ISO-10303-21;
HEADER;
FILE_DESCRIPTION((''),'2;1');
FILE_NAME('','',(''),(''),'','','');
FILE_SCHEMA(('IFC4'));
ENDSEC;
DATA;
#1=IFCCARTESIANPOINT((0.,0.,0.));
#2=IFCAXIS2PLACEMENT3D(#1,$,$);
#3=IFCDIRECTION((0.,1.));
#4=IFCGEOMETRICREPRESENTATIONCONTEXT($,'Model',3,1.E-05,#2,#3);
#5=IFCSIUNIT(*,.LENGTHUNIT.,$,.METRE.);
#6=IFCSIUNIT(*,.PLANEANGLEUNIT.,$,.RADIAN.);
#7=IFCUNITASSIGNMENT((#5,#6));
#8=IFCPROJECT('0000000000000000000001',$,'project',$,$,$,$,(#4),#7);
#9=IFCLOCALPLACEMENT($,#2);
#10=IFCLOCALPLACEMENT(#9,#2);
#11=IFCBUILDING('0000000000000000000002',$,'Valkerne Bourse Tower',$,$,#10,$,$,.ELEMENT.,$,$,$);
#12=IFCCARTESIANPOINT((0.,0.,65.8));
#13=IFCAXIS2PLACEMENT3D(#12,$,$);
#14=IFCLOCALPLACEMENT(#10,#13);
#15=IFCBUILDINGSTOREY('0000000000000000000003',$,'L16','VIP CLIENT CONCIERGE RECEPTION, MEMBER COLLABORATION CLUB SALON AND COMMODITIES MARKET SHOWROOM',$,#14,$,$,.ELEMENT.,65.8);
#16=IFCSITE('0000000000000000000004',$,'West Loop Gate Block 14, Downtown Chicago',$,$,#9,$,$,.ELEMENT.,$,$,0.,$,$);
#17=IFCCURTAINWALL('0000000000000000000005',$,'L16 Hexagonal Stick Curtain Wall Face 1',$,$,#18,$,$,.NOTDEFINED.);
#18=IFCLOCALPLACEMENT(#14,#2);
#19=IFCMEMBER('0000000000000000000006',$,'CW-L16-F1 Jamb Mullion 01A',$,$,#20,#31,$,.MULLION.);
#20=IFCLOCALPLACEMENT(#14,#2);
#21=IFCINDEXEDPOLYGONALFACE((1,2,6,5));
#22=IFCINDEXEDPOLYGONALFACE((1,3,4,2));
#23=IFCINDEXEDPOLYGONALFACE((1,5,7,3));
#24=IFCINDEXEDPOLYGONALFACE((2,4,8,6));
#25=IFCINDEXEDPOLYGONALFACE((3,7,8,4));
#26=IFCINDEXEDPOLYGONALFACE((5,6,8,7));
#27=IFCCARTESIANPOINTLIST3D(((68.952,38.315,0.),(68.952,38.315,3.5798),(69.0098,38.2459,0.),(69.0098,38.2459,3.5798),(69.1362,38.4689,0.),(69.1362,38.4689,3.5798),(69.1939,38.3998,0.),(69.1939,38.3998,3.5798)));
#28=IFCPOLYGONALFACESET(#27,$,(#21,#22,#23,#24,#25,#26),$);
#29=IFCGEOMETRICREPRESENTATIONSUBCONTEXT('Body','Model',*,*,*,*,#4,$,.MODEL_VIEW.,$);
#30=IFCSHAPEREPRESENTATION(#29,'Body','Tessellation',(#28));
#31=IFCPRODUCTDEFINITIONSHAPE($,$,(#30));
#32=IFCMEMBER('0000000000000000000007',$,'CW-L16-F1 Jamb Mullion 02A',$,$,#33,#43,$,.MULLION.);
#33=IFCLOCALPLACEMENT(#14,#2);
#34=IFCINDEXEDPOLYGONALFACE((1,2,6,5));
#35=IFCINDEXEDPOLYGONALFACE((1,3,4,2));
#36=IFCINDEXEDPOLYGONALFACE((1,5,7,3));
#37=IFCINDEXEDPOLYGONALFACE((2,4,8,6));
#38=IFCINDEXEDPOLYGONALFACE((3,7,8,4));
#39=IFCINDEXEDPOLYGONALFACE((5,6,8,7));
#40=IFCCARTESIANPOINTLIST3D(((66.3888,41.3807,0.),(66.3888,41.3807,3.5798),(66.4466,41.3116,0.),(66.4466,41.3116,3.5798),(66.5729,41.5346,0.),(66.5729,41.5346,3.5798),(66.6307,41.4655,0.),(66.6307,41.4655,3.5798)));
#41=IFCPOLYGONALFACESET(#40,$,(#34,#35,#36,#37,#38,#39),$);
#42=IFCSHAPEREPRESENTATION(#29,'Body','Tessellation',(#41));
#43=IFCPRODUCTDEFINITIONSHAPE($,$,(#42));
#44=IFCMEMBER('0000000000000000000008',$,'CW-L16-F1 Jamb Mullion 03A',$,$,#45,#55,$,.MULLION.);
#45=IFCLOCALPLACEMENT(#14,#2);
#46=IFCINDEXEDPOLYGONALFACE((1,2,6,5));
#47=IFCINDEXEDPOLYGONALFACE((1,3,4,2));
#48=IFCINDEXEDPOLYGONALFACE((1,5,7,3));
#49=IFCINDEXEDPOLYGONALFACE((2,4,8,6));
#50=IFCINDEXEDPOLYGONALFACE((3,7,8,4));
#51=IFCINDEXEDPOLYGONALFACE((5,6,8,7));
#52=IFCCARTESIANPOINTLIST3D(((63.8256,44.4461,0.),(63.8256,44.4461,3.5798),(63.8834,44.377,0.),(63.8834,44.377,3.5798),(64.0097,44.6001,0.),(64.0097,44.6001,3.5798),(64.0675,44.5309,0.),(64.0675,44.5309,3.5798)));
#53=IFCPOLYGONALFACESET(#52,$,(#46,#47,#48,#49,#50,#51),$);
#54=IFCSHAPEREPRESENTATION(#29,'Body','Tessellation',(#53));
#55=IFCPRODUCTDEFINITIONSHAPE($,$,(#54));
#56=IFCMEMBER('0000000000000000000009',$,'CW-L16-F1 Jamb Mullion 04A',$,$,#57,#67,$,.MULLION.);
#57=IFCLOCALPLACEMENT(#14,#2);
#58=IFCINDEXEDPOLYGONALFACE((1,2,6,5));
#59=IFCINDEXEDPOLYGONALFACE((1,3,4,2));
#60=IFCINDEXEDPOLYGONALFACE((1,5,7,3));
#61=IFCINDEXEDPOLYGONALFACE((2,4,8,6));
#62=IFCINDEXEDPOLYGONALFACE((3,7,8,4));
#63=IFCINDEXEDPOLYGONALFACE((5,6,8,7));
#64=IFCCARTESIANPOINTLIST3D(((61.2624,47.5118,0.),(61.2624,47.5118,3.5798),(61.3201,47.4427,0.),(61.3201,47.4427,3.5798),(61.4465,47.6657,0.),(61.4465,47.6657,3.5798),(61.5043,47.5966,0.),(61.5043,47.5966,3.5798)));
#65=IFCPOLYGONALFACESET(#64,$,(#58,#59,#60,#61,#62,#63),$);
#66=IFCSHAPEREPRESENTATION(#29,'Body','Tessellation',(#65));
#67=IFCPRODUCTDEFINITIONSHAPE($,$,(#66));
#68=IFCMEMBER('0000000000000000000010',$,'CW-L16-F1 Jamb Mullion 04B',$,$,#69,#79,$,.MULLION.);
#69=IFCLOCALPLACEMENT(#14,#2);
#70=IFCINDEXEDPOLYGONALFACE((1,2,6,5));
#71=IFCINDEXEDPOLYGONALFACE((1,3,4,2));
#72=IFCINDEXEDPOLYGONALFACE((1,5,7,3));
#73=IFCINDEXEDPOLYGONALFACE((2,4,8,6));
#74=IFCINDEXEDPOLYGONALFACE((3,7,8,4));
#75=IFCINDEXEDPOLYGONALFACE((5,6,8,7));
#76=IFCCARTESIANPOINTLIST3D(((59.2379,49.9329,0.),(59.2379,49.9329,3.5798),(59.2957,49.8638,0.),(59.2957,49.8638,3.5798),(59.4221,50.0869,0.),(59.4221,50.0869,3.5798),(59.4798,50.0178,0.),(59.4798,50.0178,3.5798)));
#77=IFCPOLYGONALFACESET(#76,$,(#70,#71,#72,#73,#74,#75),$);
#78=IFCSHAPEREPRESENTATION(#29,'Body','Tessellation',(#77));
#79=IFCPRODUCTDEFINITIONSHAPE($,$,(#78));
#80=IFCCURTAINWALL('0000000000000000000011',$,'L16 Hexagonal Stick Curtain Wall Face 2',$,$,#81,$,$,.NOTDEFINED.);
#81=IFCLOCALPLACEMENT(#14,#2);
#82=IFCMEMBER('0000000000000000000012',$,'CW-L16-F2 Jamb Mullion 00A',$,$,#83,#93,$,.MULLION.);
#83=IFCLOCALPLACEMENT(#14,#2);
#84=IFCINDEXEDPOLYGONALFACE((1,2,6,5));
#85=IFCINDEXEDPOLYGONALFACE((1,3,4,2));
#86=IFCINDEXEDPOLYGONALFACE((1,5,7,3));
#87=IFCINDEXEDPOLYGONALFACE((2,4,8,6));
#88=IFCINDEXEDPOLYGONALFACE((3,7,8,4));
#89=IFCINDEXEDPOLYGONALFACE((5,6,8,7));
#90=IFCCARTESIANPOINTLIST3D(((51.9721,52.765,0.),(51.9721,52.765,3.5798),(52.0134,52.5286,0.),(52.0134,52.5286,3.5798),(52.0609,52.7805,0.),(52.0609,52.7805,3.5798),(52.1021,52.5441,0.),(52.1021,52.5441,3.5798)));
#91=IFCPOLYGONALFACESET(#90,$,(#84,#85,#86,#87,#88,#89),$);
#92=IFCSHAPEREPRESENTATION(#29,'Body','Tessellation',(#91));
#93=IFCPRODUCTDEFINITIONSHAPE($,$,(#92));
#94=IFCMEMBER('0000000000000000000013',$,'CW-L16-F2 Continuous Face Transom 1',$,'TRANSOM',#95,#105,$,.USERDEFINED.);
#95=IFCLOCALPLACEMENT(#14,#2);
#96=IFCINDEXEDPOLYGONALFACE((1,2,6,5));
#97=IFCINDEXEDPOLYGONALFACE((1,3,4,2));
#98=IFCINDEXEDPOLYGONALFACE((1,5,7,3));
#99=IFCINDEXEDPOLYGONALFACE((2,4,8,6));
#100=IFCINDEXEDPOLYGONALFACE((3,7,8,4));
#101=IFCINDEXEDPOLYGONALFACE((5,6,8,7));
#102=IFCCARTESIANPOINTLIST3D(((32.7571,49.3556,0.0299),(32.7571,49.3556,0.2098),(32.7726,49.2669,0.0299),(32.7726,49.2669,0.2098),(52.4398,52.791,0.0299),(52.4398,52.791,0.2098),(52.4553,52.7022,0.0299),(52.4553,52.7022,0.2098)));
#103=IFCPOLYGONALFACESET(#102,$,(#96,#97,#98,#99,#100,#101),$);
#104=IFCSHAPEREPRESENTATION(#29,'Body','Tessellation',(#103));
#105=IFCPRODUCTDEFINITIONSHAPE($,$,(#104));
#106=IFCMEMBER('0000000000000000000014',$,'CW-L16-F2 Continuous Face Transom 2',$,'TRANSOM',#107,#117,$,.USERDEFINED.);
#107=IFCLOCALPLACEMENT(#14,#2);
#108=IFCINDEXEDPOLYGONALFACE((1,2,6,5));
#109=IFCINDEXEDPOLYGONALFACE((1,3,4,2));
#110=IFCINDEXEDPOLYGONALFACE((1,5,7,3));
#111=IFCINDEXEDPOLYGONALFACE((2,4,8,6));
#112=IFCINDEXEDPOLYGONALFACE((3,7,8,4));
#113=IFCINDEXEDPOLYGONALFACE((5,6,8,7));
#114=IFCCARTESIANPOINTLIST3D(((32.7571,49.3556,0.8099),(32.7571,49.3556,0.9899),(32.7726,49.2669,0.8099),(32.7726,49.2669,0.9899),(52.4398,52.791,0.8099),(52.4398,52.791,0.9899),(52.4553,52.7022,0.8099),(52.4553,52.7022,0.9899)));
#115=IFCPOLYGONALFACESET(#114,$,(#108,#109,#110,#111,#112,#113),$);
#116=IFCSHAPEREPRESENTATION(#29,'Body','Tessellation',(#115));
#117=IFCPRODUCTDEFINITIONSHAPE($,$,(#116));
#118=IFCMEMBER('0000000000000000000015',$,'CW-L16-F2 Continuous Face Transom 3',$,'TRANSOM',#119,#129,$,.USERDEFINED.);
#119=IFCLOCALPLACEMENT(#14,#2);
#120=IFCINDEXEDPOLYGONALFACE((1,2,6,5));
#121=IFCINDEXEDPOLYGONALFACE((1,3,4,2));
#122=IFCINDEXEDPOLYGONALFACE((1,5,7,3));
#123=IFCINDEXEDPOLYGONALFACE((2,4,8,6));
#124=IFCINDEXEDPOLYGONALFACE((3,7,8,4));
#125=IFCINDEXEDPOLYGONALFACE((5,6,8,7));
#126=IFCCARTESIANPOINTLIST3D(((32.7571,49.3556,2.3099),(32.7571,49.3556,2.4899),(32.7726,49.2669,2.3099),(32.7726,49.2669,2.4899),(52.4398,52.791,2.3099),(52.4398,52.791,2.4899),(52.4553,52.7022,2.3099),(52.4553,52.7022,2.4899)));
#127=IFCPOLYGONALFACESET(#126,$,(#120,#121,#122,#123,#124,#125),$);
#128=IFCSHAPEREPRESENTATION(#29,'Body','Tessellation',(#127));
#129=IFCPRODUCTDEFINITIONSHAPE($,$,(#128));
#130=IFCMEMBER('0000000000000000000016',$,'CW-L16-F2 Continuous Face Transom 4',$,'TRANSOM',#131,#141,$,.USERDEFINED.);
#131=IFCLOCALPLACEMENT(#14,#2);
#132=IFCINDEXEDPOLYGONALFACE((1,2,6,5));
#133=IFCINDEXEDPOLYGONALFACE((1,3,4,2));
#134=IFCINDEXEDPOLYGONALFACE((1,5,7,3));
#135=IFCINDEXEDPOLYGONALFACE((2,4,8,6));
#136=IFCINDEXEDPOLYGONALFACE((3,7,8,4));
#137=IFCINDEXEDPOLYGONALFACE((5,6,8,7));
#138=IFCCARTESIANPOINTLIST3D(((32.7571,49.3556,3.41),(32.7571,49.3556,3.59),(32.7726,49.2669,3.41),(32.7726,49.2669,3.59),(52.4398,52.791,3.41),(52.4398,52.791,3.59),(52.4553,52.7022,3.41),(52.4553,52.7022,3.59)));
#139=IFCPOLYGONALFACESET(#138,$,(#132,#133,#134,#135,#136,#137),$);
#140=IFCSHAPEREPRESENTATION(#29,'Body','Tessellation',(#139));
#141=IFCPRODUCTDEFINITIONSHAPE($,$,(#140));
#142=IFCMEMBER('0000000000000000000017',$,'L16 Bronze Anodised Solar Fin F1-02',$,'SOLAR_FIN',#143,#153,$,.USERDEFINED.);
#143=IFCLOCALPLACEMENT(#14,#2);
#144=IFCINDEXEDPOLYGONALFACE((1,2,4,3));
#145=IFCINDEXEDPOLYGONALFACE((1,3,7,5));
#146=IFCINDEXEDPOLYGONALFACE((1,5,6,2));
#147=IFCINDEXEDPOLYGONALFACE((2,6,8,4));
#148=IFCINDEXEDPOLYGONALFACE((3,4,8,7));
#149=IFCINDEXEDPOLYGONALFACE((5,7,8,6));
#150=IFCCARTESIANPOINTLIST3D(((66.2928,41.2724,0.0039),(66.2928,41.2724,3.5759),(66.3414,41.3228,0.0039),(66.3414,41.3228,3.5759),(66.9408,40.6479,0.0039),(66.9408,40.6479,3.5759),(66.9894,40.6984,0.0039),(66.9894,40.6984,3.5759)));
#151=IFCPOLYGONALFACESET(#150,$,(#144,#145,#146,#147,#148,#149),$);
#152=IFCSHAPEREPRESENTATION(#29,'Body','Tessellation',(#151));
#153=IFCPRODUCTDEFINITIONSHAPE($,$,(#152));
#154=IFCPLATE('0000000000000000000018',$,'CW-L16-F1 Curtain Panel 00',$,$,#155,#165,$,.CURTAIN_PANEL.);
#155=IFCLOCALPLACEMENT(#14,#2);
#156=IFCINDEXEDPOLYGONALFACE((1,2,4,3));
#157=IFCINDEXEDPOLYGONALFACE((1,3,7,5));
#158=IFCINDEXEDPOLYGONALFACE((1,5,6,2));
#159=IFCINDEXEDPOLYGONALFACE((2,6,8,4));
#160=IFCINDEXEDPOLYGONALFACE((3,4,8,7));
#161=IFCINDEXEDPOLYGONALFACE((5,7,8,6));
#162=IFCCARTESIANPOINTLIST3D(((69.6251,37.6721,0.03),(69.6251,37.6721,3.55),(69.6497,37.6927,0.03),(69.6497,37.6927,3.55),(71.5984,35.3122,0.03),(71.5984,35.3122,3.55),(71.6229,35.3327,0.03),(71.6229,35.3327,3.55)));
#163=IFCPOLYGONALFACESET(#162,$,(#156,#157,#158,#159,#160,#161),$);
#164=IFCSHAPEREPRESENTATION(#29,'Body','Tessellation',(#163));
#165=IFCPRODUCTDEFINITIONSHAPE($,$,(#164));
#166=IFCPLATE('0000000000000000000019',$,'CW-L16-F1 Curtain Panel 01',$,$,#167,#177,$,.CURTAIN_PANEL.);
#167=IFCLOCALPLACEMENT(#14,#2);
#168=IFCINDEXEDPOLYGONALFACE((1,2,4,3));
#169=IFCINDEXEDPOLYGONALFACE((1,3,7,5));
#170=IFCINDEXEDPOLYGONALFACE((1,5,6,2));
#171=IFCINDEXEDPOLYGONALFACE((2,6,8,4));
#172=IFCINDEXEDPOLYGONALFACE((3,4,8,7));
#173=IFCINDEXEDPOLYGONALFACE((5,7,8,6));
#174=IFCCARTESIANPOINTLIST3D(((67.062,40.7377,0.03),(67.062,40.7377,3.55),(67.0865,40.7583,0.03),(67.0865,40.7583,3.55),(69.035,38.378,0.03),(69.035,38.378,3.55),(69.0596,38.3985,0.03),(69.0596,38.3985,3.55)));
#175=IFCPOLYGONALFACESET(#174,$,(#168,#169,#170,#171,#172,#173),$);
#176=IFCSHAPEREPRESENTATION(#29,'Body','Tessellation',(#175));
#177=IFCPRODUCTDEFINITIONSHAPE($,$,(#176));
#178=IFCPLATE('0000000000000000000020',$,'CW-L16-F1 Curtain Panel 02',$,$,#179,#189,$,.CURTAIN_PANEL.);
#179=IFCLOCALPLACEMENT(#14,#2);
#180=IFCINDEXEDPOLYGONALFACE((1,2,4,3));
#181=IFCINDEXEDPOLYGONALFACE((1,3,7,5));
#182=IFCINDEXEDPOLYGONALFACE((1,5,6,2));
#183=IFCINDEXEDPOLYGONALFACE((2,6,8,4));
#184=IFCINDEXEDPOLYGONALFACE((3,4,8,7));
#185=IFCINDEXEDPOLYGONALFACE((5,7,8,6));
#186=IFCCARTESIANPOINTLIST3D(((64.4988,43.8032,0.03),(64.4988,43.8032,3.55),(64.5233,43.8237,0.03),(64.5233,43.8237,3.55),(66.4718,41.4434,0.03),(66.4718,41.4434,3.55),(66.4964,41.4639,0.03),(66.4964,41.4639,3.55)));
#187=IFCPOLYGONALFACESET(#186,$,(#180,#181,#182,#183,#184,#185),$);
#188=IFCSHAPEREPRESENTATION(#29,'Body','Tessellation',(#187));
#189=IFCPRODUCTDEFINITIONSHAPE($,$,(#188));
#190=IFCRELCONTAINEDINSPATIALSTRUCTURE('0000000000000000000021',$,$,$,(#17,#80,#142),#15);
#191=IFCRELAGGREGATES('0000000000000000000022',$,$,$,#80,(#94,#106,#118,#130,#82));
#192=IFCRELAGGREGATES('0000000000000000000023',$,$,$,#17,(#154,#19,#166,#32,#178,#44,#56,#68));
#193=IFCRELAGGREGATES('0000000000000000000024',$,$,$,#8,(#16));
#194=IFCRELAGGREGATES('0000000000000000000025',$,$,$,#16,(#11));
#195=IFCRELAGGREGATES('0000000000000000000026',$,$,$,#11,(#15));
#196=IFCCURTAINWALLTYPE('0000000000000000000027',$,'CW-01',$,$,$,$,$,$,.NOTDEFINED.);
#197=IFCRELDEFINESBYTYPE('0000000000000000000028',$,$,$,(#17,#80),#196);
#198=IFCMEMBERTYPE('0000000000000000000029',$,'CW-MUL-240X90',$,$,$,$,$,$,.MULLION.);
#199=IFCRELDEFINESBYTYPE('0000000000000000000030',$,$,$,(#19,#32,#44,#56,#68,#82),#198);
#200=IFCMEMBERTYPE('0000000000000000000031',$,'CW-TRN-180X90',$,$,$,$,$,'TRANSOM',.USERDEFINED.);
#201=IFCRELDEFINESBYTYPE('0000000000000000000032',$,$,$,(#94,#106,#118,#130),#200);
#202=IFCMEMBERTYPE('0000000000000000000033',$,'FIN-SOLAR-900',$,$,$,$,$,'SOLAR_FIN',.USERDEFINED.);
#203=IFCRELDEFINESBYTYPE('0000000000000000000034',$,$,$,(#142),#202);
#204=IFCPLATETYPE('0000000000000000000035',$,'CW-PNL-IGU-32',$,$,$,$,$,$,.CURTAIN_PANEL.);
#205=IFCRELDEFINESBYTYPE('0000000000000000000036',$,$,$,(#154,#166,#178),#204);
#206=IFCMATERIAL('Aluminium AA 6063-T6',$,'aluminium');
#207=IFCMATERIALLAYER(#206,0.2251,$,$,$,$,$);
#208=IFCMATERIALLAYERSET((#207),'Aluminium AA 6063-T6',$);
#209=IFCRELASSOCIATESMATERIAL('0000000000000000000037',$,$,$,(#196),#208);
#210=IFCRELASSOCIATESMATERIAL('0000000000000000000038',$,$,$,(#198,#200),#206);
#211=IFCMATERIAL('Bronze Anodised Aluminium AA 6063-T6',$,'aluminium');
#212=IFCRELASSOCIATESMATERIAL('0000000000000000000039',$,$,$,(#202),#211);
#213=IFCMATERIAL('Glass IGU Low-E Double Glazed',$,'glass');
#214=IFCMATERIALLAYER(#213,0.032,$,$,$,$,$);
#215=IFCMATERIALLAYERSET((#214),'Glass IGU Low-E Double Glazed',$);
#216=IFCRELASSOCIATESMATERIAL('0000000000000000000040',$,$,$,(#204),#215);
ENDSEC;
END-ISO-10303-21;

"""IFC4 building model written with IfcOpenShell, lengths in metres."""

from ifc_helpers import new_model, si_unit, direction, frame, origin, origin_2d, place, context, subcontext, project, spatial, rectangle, extrude, material, layer, layer_set, material_profile, profile_set, type_object, element, aggregate, save


model = new_model("IFC4")

# Units and contexts
model_context = context("Model", 3, precision=1e-05, world=origin(), true_north=direction((0.0, 1.0)))
body_context = subcontext(model_context, "Body", "Model", "MODEL_VIEW")
ifc_project = project(units=[si_unit("LENGTHUNIT", "METRE"), si_unit("PLANEANGLEUNIT", "RADIAN")], contexts=[model_context])

# Site, building, storey
site_placement = place(None, origin())
site = spatial("IfcSite", under=ifc_project, at=site_placement, Name="West Loop Gate Block 14, Downtown Chicago", CompositionType="ELEMENT", RefElevation=0.0)
building_placement = place(site_placement, origin())
building = spatial("IfcBuilding", under=site, at=building_placement, Name="Valkerne Bourse Tower", CompositionType="ELEMENT")
storey_placement = place(building_placement, frame((0.0, 0.0, 65.8)))
storey = spatial("IfcBuildingStorey", under=building, at=storey_placement, Name="L16", Description="VIP CLIENT CONCIERGE RECEPTION, MEMBER COLLABORATION CLUB SALON AND COMMODITIES MARKET SHOWROOM", CompositionType="ELEMENT", Elevation=65.8)

# Curtain walls, members
ifc_material_1 = material(Name="Aluminium AA 6063-T6", Category="aluminium")
ifc_layer_1 = layer(ifc_material_1, 0.2251)
ifc_layer_set_1 = layer_set([ifc_layer_1], Name="Aluminium AA 6063-T6")
curtain_wall_type = type_object("IfcCurtainWallType", Name="CW-01", PredefinedType="NOTDEFINED", material=ifc_layer_set_1)
curtain_wall_1_placement = place(storey_placement, origin())
curtain_wall_1 = element("IfcCurtainWall", 1, at=curtain_wall_1_placement, inside=storey, type_object=curtain_wall_type, Name="L16 Hexagonal Stick Curtain Wall Face 1", PredefinedType="NOTDEFINED")
ifc_material_profile_1 = material_profile(ifc_material_1, rectangle(XDim=0.0901, YDim=0.24, at=origin_2d()), Name="CWM-90X240")
ifc_profile_set_1 = profile_set([ifc_material_profile_1], Name="Aluminium AA 6063-T6")
member_type_1 = type_object("IfcMemberType", Name="CW-MUL-240X90", PredefinedType="MULLION", material=ifc_profile_set_1)
member_1_placement = place(storey_placement, frame((69.073, 38.3574, 0.0), z_axis=(0.0, 0.0, 1.0), x_axis=(-0.641444, 0.76717, 0.0)))
member_1 = element("IfcMember", 2, at=member_1_placement, type_object=member_type_1, Name="CW-L16-F1 Jamb Mullion 01A", PredefinedType="MULLION", context=body_context, shape_type="SweptSolid", body=[
    extrude(rectangle(XDim=0.0901, YDim=0.24, at=origin_2d()), origin(), (0.0, 0.0, 1.0), 3.5798),
])
member_2_placement = place(storey_placement, frame((66.5098, 41.4231, 0.0), z_axis=(0.0, 0.0, 1.0), x_axis=(-0.641456, 0.76716, 0.0)))
member_2 = element("IfcMember", 3, at=member_2_placement, type_object=member_type_1, Name="CW-L16-F1 Jamb Mullion 02A", PredefinedType="MULLION", context=body_context, shape_type="SweptSolid", body=[
    extrude(rectangle(XDim=0.0901, YDim=0.24, at=origin_2d()), origin(), (0.0, 0.0, 1.0), 3.5798),
])
member_3_placement = place(storey_placement, frame((63.9465, 44.4885, 0.0), z_axis=(0.0, 0.0, 1.0), x_axis=(-0.641459, 0.767158, 0.0)))
member_3 = element("IfcMember", 4, at=member_3_placement, type_object=member_type_1, Name="CW-L16-F1 Jamb Mullion 03A", PredefinedType="MULLION", context=body_context, shape_type="SweptSolid", body=[
    extrude(rectangle(XDim=0.0901, YDim=0.24, at=origin_2d()), origin(), (0.0, 0.0, 1.0), 3.5798),
])
member_4_placement = place(storey_placement, frame((61.3833, 47.5542, 0.0), z_axis=(0.0, 0.0, 1.0), x_axis=(-0.641444, 0.76717, 0.0)))
member_4 = element("IfcMember", 5, at=member_4_placement, type_object=member_type_1, Name="CW-L16-F1 Jamb Mullion 04A", PredefinedType="MULLION", context=body_context, shape_type="SweptSolid", body=[
    extrude(rectangle(XDim=0.0901, YDim=0.24, at=origin_2d()), origin(), (0.0, 0.0, 1.0), 3.5798),
])
member_5_placement = place(storey_placement, frame((59.3589, 49.9753, 0.0), z_axis=(0.0, 0.0, 1.0), x_axis=(-0.641444, 0.76717, 0.0)))
member_5 = element("IfcMember", 6, at=member_5_placement, type_object=member_type_1, Name="CW-L16-F1 Jamb Mullion 04B", PredefinedType="MULLION", context=body_context, shape_type="SweptSolid", body=[
    extrude(rectangle(XDim=0.0901, YDim=0.24, at=origin_2d()), origin(), (0.0, 0.0, 1.0), 3.5798),
])
curtain_wall_2_placement = place(storey_placement, origin())
curtain_wall_2 = element("IfcCurtainWall", 7, at=curtain_wall_2_placement, inside=storey, type_object=curtain_wall_type, Name="L16 Hexagonal Stick Curtain Wall Face 2", PredefinedType="NOTDEFINED")
member_6_placement = place(storey_placement, frame((52.0371, 52.6545, 0.0), z_axis=(0.0, 0.0, 1.0), x_axis=(-0.985111, -0.171922, 0.0)))
member_6 = element("IfcMember", 8, at=member_6_placement, type_object=member_type_1, Name="CW-L16-F2 Jamb Mullion 00A", PredefinedType="MULLION", context=body_context, shape_type="SweptSolid", body=[
    extrude(rectangle(XDim=0.0901, YDim=0.24, at=origin_2d()), origin(), (0.0, 0.0, 1.0), 3.5798),
])
ifc_material_profile_2 = material_profile(ifc_material_1, rectangle(XDim=0.0901, YDim=0.1799, at=origin_2d()), Name="CWT-90X180")
ifc_profile_set_2 = profile_set([ifc_material_profile_2], Name="Aluminium AA 6063-T6")
member_type_2 = type_object("IfcMemberType", Name="CW-TRN-180X90", ElementType="TRANSOM", PredefinedType="USERDEFINED", material=ifc_profile_set_2)
member_7_placement = place(storey_placement, frame((52.4475, 52.7466, 0.1199), z_axis=(-0.985108, -0.171936, 0.0), x_axis=(0.171936, -0.985108, 0.0)))
member_7 = element("IfcMember", 9, at=member_7_placement, type_object=member_type_2, Name="CW-L16-F2 Continuous Face Transom 1", ObjectType="TRANSOM", PredefinedType="USERDEFINED", context=body_context, shape_type="SweptSolid", body=[
    extrude(rectangle(XDim=0.0901, YDim=0.1799, at=origin_2d()), origin(), (0.0, 0.0, 1.0), 19.9802),
])
member_8_placement = place(storey_placement, frame((52.4475, 52.7466, 0.8999), z_axis=(-0.985108, -0.171936, 0.0), x_axis=(0.171936, -0.985108, 0.0)))
member_8 = element("IfcMember", 10, at=member_8_placement, type_object=member_type_2, Name="CW-L16-F2 Continuous Face Transom 2", ObjectType="TRANSOM", PredefinedType="USERDEFINED", context=body_context, shape_type="SweptSolid", body=[
    extrude(rectangle(XDim=0.0901, YDim=0.1799, at=origin_2d()), origin(), (0.0, 0.0, 1.0), 19.9802),
])
member_9_placement = place(storey_placement, frame((52.4475, 52.7466, 2.3999), z_axis=(-0.985108, -0.171936, 0.0), x_axis=(0.171936, -0.985108, 0.0)))
member_9 = element("IfcMember", 11, at=member_9_placement, type_object=member_type_2, Name="CW-L16-F2 Continuous Face Transom 3", ObjectType="TRANSOM", PredefinedType="USERDEFINED", context=body_context, shape_type="SweptSolid", body=[
    extrude(rectangle(XDim=0.0901, YDim=0.1799, at=origin_2d()), origin(), (0.0, 0.0, 1.0), 19.9802),
])
member_10_placement = place(storey_placement, frame((52.4475, 52.7466, 3.5), z_axis=(-0.985108, -0.171936, 0.0), x_axis=(0.171936, -0.985108, 0.0)))
member_10 = element("IfcMember", 12, at=member_10_placement, type_object=member_type_2, Name="CW-L16-F2 Continuous Face Transom 4", ObjectType="TRANSOM", PredefinedType="USERDEFINED", context=body_context, shape_type="SweptSolid", body=[
    extrude(rectangle(XDim=0.0901, YDim=0.1799, at=origin_2d()), origin(), (0.0, 0.0, 1.0), 19.9802),
])
aggregate(curtain_wall_2, [member_7, member_8, member_9, member_10, member_6])

# Member
ifc_material_2 = material(Name="Bronze Anodised Aluminium AA 6063-T6", Category="aluminium")
ifc_material_profile_3 = material_profile(ifc_material_2, rectangle(XDim=0.0701, YDim=0.8999, at=origin_2d()), Name="FIN-70X900")
ifc_profile_set_3 = profile_set([ifc_material_profile_3], Name="Bronze Anodised Aluminium AA 6063-T6")
member_type_3 = type_object("IfcMemberType", Name="FIN-SOLAR-900", ElementType="SOLAR_FIN", PredefinedType="USERDEFINED", material=ifc_profile_set_3)
member_11_placement = place(storey_placement, frame((66.6411, 40.9854, 0.0039), z_axis=(0.0, 0.0, 1.0), x_axis=(0.693911, 0.720061, 0.0)))
element("IfcMember", 13, at=member_11_placement, inside=storey, type_object=member_type_3, Name="L16 Bronze Anodised Solar Fin F1-02", ObjectType="SOLAR_FIN", PredefinedType="USERDEFINED", context=body_context, shape_type="SweptSolid", body=[
    extrude(rectangle(XDim=0.0701, YDim=0.8999, at=origin_2d()), origin(), (0.0, 0.0, 1.0), 3.572),
])

# Plates
ifc_material_3 = material(Name="Glass IGU Low-E Double Glazed", Category="glass")
ifc_layer_2 = layer(ifc_material_3, 0.032)
ifc_layer_set_2 = layer_set([ifc_layer_2], Name="Glass IGU Low-E Double Glazed")
plate_type = type_object("IfcPlateType", Name="CW-PNL-IGU-32", PredefinedType="CURTAIN_PANEL", material=ifc_layer_set_2)
plate_1_placement = place(storey_placement, frame((70.624, 36.5024, 0.03), z_axis=(0.0, 0.0, 1.0), x_axis=(-0.641459, 0.767158, 0.0)))
plate_1 = element("IfcPlate", 14, at=plate_1_placement, type_object=plate_type, Name="CW-L16-F1 Curtain Panel 00", PredefinedType="CURTAIN_PANEL", context=body_context, shape_type="SweptSolid", body=[
    extrude(rectangle(XDim=3.0762, YDim=0.032, at=origin_2d()), origin(), (0.0, 0.0, 1.0), 3.52),
])
plate_2_placement = place(storey_placement, frame((68.0608, 39.5681, 0.03), z_axis=(0.0, 0.0, 1.0), x_axis=(-0.641444, 0.76717, 0.0)))
plate_2 = element("IfcPlate", 15, at=plate_2_placement, type_object=plate_type, Name="CW-L16-F1 Curtain Panel 01", PredefinedType="CURTAIN_PANEL", context=body_context, shape_type="SweptSolid", body=[
    extrude(rectangle(XDim=3.0759, YDim=0.032, at=origin_2d()), origin(), (0.0, 0.0, 1.0), 3.52),
])
plate_3_placement = place(storey_placement, frame((65.4976, 42.6335, 0.03), z_axis=(0.0, 0.0, 1.0), x_axis=(-0.641456, 0.76716, 0.0)))
plate_3 = element("IfcPlate", 16, at=plate_3_placement, type_object=plate_type, Name="CW-L16-F1 Curtain Panel 02", PredefinedType="CURTAIN_PANEL", context=body_context, shape_type="SweptSolid", body=[
    extrude(rectangle(XDim=3.0759, YDim=0.032, at=origin_2d()), origin(), (0.0, 0.0, 1.0), 3.52),
])
aggregate(curtain_wall_1, [plate_1, member_1, plate_2, member_2, plate_3, member_3, member_4, member_5])

save(model, "model.ifc")
